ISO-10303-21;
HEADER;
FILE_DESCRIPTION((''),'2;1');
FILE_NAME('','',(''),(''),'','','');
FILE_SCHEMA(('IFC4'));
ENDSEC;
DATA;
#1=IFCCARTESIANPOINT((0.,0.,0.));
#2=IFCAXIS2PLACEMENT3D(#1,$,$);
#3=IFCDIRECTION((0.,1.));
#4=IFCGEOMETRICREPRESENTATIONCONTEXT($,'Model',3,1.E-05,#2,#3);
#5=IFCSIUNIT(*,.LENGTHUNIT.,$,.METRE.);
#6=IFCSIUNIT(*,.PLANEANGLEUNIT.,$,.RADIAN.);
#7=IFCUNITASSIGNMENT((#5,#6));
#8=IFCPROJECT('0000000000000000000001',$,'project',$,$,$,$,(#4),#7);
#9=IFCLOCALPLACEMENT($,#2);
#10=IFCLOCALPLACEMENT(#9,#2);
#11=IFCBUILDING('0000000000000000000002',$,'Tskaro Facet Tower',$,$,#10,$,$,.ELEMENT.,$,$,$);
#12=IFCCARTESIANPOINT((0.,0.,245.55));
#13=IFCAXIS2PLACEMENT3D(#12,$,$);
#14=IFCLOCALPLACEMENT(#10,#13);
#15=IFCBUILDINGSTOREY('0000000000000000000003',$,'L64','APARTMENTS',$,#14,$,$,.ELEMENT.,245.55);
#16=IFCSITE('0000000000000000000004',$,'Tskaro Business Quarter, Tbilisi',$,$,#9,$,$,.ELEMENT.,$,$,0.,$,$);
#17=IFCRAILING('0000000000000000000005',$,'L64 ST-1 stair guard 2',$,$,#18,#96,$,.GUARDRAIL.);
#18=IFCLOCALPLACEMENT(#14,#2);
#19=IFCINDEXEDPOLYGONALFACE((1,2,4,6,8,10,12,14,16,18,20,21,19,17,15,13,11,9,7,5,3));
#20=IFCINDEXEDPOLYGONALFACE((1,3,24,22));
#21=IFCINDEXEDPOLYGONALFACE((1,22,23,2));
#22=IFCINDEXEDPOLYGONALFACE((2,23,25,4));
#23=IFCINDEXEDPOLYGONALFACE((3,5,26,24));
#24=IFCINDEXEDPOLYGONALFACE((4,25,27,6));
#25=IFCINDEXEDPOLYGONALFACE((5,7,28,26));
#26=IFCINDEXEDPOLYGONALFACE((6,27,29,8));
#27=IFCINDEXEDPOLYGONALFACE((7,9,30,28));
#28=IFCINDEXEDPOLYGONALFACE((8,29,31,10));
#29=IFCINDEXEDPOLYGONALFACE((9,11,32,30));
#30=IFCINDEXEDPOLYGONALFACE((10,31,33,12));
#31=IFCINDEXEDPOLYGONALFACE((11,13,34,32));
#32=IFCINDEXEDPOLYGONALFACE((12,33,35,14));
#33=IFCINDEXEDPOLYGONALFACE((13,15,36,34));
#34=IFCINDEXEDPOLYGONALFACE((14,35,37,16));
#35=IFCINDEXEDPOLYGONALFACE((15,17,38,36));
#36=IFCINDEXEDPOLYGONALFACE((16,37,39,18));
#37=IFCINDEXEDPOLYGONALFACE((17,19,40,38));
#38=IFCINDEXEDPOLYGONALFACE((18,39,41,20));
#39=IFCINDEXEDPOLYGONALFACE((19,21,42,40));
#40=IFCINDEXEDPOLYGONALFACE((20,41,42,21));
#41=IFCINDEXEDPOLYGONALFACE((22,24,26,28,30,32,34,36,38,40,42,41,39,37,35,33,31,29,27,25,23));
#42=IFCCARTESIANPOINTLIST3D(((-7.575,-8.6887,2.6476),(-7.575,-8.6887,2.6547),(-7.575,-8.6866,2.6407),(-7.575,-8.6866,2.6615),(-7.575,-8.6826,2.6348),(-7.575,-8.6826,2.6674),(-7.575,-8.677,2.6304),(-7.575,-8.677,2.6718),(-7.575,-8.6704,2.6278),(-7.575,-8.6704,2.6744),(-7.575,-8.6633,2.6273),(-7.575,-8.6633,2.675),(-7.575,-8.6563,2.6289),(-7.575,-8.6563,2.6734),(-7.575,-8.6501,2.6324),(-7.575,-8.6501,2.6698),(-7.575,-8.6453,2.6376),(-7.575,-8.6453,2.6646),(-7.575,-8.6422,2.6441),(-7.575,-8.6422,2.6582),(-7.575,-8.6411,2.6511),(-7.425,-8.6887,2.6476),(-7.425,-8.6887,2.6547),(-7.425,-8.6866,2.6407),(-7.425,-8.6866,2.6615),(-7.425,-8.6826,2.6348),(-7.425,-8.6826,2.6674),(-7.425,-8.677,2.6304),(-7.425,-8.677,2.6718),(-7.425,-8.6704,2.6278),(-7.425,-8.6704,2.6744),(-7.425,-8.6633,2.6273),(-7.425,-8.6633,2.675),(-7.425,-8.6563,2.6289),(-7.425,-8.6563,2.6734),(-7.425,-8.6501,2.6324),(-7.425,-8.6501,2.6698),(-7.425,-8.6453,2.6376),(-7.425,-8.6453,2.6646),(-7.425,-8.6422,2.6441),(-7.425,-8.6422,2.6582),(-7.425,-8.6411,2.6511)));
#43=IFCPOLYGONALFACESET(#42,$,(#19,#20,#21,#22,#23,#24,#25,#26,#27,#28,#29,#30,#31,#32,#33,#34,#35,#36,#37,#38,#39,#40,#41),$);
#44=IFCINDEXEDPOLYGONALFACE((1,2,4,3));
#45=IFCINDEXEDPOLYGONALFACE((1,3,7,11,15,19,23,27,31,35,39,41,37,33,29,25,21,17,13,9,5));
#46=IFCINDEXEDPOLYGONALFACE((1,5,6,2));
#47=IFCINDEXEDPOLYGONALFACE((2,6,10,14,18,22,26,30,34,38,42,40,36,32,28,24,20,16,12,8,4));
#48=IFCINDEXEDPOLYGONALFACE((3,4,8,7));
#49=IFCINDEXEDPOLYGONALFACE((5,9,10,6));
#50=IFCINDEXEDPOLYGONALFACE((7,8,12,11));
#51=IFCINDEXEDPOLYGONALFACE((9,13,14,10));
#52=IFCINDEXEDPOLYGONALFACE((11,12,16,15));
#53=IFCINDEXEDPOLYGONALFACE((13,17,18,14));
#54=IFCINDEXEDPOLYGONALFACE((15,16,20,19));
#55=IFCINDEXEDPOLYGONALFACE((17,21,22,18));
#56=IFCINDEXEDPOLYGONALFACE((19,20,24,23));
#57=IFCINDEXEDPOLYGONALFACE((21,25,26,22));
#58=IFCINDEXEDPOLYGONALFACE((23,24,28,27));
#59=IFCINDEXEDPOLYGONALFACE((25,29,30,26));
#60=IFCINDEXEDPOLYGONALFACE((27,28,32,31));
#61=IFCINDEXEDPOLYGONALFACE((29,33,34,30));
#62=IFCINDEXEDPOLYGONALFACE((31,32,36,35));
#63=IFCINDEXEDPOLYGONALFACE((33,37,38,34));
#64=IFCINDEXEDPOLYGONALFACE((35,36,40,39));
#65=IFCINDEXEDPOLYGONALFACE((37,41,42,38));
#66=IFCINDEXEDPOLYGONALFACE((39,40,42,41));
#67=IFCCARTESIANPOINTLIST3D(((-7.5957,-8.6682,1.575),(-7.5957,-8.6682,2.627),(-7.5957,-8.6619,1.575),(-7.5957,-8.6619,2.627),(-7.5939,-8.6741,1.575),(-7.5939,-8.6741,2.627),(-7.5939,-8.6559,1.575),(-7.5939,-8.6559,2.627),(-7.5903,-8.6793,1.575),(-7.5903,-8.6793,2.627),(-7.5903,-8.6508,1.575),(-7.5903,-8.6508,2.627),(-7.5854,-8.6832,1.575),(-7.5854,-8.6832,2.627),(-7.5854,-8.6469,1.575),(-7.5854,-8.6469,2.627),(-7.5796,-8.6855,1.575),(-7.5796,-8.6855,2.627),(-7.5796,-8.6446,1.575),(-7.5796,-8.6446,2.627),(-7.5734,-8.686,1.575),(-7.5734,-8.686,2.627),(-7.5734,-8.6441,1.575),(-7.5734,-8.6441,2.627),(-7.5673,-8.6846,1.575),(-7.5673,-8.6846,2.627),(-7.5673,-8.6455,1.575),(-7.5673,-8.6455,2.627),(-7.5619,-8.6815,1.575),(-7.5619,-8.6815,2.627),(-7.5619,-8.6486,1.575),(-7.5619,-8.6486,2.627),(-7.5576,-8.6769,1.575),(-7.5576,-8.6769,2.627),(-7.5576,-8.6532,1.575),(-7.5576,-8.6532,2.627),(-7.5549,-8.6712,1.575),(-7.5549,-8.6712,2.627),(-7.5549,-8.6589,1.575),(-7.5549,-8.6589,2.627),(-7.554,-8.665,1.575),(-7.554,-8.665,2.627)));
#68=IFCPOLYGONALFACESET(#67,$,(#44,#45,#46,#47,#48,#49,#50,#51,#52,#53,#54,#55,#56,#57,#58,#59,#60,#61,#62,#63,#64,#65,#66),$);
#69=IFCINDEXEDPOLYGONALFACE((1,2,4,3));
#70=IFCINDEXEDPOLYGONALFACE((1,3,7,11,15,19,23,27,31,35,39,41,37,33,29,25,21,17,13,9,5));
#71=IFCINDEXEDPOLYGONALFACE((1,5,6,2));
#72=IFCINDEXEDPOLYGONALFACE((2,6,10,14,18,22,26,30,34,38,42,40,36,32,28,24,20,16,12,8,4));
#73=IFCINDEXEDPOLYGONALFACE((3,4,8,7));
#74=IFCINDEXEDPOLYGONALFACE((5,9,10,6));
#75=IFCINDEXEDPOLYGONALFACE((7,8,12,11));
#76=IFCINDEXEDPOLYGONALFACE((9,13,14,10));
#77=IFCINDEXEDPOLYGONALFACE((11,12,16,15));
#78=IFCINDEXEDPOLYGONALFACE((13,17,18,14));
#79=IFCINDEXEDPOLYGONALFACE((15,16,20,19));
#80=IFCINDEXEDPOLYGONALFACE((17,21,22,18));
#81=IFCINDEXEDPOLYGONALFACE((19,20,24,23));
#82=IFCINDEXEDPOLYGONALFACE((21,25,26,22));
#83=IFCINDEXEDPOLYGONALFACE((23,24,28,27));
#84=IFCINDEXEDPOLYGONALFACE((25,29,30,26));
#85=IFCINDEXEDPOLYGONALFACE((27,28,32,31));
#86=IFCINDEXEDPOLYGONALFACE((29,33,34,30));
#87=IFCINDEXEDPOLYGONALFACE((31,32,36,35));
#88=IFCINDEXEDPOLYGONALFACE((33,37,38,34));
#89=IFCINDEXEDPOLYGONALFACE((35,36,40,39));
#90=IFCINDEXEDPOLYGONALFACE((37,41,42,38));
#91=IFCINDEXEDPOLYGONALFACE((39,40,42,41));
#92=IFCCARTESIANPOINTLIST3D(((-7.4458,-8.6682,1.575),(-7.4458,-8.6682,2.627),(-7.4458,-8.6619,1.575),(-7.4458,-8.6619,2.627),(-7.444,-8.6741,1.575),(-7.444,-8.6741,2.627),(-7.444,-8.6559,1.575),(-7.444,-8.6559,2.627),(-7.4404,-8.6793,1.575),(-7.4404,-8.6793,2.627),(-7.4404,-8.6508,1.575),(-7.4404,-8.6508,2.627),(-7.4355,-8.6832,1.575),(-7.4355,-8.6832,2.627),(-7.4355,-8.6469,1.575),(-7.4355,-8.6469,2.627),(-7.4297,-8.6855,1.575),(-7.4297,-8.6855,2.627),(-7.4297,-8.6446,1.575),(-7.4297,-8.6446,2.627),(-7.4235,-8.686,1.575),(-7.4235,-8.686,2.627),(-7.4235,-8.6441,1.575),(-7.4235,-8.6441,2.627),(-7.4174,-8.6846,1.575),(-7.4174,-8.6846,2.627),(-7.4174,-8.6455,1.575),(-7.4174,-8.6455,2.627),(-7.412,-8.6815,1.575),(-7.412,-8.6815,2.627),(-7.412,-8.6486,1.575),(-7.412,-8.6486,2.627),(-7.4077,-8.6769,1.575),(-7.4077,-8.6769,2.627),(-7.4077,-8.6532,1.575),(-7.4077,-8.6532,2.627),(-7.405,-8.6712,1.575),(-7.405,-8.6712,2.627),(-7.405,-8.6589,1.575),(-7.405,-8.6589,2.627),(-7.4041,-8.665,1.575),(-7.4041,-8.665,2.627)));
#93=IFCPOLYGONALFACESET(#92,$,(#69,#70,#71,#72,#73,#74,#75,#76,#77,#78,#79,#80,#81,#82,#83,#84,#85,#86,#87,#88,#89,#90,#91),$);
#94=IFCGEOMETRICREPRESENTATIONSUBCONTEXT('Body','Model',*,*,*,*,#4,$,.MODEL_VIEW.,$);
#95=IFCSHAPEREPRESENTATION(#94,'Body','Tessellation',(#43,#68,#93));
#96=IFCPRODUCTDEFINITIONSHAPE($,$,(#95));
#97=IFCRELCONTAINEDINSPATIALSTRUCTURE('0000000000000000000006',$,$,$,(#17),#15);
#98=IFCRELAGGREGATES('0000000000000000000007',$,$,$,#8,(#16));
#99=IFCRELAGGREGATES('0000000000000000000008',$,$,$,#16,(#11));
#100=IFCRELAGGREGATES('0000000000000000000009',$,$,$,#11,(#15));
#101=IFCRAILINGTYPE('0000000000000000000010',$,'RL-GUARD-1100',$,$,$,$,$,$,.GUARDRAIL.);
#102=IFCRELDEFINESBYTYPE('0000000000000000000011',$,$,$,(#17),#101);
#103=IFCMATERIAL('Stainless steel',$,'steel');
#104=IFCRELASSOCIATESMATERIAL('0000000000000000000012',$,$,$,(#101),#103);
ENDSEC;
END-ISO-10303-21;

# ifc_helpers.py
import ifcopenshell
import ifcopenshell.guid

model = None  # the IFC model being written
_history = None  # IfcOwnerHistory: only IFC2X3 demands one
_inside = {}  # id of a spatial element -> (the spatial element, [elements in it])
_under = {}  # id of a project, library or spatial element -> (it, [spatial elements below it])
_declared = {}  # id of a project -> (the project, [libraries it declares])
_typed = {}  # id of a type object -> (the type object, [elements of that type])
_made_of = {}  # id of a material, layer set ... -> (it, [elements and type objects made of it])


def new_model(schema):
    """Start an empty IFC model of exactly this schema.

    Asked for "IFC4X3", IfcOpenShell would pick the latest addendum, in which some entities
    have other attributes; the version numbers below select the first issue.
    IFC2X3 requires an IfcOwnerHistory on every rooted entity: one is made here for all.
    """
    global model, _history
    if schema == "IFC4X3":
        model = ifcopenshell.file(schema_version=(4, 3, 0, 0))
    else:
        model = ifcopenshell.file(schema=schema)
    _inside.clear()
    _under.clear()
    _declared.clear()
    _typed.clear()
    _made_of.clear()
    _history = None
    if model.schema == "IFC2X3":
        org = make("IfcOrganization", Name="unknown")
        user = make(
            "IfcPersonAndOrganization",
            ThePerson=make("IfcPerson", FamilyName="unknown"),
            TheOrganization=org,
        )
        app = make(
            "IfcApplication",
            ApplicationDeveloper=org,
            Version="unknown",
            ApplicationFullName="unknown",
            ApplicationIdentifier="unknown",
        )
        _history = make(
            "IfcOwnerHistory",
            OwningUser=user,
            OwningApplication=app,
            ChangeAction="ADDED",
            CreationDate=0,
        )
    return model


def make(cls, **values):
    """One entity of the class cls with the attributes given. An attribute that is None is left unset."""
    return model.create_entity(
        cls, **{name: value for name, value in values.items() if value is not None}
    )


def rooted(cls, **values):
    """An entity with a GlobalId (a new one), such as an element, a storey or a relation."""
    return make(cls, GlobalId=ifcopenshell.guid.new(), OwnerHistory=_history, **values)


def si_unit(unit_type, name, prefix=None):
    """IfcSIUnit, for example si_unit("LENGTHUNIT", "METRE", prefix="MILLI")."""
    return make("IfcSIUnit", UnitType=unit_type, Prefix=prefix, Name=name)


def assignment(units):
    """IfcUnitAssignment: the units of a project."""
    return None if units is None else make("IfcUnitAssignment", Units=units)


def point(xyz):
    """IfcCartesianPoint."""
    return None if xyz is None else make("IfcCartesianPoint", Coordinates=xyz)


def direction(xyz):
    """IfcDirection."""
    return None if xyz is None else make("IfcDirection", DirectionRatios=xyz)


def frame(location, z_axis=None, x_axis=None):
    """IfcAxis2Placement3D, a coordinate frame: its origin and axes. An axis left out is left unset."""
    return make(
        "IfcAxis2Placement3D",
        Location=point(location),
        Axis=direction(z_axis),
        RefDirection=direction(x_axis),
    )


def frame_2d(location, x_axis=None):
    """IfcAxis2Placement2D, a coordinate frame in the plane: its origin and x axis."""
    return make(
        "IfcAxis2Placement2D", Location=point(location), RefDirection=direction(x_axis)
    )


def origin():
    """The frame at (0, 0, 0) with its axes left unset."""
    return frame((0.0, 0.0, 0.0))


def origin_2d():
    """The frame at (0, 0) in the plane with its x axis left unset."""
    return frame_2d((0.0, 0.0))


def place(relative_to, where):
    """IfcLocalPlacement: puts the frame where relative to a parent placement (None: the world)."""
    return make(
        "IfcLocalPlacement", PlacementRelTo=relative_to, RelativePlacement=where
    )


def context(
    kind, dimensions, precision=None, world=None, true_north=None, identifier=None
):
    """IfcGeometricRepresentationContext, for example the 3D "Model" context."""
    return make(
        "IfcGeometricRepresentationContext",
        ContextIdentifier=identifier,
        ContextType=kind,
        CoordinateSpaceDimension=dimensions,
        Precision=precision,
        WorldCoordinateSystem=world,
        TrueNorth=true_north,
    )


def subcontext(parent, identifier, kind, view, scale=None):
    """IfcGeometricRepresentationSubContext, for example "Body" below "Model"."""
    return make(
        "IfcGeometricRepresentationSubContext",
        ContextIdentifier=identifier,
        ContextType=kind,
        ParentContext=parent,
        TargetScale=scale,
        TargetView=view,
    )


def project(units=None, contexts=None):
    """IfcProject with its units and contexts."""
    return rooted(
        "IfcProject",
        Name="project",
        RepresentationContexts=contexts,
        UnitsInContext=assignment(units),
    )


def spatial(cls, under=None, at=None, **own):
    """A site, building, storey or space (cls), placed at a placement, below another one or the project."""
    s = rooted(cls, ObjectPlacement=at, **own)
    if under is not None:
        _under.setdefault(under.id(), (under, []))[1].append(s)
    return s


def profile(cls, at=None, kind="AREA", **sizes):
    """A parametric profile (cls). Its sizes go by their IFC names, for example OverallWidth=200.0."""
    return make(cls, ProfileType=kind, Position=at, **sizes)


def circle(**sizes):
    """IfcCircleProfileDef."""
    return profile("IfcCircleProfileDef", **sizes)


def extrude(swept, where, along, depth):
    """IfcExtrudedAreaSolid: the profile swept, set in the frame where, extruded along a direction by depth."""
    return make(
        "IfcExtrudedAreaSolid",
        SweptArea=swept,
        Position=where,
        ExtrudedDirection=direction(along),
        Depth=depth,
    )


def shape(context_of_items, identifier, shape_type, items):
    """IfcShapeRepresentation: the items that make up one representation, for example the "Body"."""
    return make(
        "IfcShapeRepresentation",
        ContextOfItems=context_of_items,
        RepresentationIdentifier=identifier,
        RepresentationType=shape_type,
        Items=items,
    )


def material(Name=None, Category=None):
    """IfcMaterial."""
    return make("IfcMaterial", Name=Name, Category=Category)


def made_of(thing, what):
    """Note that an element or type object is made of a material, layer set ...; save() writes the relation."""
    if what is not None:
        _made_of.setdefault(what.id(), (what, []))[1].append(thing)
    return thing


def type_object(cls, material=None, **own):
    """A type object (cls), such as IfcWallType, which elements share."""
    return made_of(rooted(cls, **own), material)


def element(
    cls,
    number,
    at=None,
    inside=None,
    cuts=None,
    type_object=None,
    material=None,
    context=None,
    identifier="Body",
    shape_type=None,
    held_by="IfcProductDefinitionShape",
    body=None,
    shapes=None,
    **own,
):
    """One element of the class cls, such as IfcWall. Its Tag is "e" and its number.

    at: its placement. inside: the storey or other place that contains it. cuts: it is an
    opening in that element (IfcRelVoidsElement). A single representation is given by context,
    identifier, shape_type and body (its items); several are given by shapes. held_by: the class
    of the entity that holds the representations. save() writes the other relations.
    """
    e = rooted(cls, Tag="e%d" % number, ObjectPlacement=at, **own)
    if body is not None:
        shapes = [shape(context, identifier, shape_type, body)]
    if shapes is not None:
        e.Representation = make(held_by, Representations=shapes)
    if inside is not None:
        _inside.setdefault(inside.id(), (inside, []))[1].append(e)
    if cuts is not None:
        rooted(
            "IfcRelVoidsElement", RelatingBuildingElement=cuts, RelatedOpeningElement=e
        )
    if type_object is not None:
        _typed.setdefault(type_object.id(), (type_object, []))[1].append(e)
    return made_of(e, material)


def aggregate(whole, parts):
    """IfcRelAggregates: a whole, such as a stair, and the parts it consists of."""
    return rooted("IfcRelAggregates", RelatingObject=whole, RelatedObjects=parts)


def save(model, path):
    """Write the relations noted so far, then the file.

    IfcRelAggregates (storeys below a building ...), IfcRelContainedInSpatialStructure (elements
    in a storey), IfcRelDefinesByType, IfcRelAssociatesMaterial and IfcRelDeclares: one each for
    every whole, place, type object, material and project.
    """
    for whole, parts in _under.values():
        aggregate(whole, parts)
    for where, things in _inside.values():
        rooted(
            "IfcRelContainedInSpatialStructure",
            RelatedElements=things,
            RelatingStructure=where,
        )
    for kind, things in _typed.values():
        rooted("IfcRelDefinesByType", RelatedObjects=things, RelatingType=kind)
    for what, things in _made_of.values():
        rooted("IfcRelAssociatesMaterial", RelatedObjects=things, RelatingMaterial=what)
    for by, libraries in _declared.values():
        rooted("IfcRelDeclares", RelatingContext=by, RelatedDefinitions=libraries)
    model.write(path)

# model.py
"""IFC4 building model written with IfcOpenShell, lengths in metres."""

from ifc_helpers import new_model, si_unit, direction, frame, origin, origin_2d, place, context, subcontext, project, spatial, circle, extrude, material, type_object, element, save


model = new_model("IFC4")

# Units and contexts
model_context = context("Model", 3, precision=1e-05, world=origin(), true_north=direction((0.0, 1.0)))
body_context = subcontext(model_context, "Body", "Model", "MODEL_VIEW")
ifc_project = project(units=[si_unit("LENGTHUNIT", "METRE"), si_unit("PLANEANGLEUNIT", "RADIAN")], contexts=[model_context])

# Site, building, storey
site_placement = place(None, origin())
site = spatial("IfcSite", under=ifc_project, at=site_placement, Name="Tskaro Business Quarter, Tbilisi", CompositionType="ELEMENT", RefElevation=0.0)
building_placement = place(site_placement, origin())
building = spatial("IfcBuilding", under=site, at=building_placement, Name="Tskaro Facet Tower", CompositionType="ELEMENT")
storey_placement = place(building_placement, frame((0.0, 0.0, 245.55)))
storey = spatial("IfcBuildingStorey", under=building, at=storey_placement, Name="L64", Description="APARTMENTS", CompositionType="ELEMENT", Elevation=245.55)

# Shared definitions
ifc_material_1 = material(Name="Stainless steel", Category="steel")

# Railing
railing_type_1 = type_object("IfcRailingType", Name="RL-GUARD-1100", PredefinedType="GUARDRAIL", material=ifc_material_1)
railing_1_placement = place(storey_placement, frame((-7.575, -8.665, 1.575)))
element("IfcRailing", 1, at=railing_1_placement, inside=storey, type_object=railing_type_1, Name="L64 ST-1 stair guard 2", PredefinedType="GUARDRAIL", context=body_context, shape_type="SweptSolid", body=[
    extrude(circle(Radius=0.0239, at=origin_2d()), frame((0.0, 0.0, 1.0762), z_axis=(1.0, 0.0, 0.0), x_axis=(0.0, 1.0, 0.0)), (0.0, 0.0, 1.0), 0.1499),
    extrude(circle(Radius=0.021, at=origin_2d()), origin(), (0.0, 0.0, 1.0), 1.052),
    extrude(circle(Radius=0.021, at=origin_2d()), frame((0.1499, 0.0, 0.0)), (0.0, 0.0, 1.0), 1.052),
])

save(model, "model.ifc")
